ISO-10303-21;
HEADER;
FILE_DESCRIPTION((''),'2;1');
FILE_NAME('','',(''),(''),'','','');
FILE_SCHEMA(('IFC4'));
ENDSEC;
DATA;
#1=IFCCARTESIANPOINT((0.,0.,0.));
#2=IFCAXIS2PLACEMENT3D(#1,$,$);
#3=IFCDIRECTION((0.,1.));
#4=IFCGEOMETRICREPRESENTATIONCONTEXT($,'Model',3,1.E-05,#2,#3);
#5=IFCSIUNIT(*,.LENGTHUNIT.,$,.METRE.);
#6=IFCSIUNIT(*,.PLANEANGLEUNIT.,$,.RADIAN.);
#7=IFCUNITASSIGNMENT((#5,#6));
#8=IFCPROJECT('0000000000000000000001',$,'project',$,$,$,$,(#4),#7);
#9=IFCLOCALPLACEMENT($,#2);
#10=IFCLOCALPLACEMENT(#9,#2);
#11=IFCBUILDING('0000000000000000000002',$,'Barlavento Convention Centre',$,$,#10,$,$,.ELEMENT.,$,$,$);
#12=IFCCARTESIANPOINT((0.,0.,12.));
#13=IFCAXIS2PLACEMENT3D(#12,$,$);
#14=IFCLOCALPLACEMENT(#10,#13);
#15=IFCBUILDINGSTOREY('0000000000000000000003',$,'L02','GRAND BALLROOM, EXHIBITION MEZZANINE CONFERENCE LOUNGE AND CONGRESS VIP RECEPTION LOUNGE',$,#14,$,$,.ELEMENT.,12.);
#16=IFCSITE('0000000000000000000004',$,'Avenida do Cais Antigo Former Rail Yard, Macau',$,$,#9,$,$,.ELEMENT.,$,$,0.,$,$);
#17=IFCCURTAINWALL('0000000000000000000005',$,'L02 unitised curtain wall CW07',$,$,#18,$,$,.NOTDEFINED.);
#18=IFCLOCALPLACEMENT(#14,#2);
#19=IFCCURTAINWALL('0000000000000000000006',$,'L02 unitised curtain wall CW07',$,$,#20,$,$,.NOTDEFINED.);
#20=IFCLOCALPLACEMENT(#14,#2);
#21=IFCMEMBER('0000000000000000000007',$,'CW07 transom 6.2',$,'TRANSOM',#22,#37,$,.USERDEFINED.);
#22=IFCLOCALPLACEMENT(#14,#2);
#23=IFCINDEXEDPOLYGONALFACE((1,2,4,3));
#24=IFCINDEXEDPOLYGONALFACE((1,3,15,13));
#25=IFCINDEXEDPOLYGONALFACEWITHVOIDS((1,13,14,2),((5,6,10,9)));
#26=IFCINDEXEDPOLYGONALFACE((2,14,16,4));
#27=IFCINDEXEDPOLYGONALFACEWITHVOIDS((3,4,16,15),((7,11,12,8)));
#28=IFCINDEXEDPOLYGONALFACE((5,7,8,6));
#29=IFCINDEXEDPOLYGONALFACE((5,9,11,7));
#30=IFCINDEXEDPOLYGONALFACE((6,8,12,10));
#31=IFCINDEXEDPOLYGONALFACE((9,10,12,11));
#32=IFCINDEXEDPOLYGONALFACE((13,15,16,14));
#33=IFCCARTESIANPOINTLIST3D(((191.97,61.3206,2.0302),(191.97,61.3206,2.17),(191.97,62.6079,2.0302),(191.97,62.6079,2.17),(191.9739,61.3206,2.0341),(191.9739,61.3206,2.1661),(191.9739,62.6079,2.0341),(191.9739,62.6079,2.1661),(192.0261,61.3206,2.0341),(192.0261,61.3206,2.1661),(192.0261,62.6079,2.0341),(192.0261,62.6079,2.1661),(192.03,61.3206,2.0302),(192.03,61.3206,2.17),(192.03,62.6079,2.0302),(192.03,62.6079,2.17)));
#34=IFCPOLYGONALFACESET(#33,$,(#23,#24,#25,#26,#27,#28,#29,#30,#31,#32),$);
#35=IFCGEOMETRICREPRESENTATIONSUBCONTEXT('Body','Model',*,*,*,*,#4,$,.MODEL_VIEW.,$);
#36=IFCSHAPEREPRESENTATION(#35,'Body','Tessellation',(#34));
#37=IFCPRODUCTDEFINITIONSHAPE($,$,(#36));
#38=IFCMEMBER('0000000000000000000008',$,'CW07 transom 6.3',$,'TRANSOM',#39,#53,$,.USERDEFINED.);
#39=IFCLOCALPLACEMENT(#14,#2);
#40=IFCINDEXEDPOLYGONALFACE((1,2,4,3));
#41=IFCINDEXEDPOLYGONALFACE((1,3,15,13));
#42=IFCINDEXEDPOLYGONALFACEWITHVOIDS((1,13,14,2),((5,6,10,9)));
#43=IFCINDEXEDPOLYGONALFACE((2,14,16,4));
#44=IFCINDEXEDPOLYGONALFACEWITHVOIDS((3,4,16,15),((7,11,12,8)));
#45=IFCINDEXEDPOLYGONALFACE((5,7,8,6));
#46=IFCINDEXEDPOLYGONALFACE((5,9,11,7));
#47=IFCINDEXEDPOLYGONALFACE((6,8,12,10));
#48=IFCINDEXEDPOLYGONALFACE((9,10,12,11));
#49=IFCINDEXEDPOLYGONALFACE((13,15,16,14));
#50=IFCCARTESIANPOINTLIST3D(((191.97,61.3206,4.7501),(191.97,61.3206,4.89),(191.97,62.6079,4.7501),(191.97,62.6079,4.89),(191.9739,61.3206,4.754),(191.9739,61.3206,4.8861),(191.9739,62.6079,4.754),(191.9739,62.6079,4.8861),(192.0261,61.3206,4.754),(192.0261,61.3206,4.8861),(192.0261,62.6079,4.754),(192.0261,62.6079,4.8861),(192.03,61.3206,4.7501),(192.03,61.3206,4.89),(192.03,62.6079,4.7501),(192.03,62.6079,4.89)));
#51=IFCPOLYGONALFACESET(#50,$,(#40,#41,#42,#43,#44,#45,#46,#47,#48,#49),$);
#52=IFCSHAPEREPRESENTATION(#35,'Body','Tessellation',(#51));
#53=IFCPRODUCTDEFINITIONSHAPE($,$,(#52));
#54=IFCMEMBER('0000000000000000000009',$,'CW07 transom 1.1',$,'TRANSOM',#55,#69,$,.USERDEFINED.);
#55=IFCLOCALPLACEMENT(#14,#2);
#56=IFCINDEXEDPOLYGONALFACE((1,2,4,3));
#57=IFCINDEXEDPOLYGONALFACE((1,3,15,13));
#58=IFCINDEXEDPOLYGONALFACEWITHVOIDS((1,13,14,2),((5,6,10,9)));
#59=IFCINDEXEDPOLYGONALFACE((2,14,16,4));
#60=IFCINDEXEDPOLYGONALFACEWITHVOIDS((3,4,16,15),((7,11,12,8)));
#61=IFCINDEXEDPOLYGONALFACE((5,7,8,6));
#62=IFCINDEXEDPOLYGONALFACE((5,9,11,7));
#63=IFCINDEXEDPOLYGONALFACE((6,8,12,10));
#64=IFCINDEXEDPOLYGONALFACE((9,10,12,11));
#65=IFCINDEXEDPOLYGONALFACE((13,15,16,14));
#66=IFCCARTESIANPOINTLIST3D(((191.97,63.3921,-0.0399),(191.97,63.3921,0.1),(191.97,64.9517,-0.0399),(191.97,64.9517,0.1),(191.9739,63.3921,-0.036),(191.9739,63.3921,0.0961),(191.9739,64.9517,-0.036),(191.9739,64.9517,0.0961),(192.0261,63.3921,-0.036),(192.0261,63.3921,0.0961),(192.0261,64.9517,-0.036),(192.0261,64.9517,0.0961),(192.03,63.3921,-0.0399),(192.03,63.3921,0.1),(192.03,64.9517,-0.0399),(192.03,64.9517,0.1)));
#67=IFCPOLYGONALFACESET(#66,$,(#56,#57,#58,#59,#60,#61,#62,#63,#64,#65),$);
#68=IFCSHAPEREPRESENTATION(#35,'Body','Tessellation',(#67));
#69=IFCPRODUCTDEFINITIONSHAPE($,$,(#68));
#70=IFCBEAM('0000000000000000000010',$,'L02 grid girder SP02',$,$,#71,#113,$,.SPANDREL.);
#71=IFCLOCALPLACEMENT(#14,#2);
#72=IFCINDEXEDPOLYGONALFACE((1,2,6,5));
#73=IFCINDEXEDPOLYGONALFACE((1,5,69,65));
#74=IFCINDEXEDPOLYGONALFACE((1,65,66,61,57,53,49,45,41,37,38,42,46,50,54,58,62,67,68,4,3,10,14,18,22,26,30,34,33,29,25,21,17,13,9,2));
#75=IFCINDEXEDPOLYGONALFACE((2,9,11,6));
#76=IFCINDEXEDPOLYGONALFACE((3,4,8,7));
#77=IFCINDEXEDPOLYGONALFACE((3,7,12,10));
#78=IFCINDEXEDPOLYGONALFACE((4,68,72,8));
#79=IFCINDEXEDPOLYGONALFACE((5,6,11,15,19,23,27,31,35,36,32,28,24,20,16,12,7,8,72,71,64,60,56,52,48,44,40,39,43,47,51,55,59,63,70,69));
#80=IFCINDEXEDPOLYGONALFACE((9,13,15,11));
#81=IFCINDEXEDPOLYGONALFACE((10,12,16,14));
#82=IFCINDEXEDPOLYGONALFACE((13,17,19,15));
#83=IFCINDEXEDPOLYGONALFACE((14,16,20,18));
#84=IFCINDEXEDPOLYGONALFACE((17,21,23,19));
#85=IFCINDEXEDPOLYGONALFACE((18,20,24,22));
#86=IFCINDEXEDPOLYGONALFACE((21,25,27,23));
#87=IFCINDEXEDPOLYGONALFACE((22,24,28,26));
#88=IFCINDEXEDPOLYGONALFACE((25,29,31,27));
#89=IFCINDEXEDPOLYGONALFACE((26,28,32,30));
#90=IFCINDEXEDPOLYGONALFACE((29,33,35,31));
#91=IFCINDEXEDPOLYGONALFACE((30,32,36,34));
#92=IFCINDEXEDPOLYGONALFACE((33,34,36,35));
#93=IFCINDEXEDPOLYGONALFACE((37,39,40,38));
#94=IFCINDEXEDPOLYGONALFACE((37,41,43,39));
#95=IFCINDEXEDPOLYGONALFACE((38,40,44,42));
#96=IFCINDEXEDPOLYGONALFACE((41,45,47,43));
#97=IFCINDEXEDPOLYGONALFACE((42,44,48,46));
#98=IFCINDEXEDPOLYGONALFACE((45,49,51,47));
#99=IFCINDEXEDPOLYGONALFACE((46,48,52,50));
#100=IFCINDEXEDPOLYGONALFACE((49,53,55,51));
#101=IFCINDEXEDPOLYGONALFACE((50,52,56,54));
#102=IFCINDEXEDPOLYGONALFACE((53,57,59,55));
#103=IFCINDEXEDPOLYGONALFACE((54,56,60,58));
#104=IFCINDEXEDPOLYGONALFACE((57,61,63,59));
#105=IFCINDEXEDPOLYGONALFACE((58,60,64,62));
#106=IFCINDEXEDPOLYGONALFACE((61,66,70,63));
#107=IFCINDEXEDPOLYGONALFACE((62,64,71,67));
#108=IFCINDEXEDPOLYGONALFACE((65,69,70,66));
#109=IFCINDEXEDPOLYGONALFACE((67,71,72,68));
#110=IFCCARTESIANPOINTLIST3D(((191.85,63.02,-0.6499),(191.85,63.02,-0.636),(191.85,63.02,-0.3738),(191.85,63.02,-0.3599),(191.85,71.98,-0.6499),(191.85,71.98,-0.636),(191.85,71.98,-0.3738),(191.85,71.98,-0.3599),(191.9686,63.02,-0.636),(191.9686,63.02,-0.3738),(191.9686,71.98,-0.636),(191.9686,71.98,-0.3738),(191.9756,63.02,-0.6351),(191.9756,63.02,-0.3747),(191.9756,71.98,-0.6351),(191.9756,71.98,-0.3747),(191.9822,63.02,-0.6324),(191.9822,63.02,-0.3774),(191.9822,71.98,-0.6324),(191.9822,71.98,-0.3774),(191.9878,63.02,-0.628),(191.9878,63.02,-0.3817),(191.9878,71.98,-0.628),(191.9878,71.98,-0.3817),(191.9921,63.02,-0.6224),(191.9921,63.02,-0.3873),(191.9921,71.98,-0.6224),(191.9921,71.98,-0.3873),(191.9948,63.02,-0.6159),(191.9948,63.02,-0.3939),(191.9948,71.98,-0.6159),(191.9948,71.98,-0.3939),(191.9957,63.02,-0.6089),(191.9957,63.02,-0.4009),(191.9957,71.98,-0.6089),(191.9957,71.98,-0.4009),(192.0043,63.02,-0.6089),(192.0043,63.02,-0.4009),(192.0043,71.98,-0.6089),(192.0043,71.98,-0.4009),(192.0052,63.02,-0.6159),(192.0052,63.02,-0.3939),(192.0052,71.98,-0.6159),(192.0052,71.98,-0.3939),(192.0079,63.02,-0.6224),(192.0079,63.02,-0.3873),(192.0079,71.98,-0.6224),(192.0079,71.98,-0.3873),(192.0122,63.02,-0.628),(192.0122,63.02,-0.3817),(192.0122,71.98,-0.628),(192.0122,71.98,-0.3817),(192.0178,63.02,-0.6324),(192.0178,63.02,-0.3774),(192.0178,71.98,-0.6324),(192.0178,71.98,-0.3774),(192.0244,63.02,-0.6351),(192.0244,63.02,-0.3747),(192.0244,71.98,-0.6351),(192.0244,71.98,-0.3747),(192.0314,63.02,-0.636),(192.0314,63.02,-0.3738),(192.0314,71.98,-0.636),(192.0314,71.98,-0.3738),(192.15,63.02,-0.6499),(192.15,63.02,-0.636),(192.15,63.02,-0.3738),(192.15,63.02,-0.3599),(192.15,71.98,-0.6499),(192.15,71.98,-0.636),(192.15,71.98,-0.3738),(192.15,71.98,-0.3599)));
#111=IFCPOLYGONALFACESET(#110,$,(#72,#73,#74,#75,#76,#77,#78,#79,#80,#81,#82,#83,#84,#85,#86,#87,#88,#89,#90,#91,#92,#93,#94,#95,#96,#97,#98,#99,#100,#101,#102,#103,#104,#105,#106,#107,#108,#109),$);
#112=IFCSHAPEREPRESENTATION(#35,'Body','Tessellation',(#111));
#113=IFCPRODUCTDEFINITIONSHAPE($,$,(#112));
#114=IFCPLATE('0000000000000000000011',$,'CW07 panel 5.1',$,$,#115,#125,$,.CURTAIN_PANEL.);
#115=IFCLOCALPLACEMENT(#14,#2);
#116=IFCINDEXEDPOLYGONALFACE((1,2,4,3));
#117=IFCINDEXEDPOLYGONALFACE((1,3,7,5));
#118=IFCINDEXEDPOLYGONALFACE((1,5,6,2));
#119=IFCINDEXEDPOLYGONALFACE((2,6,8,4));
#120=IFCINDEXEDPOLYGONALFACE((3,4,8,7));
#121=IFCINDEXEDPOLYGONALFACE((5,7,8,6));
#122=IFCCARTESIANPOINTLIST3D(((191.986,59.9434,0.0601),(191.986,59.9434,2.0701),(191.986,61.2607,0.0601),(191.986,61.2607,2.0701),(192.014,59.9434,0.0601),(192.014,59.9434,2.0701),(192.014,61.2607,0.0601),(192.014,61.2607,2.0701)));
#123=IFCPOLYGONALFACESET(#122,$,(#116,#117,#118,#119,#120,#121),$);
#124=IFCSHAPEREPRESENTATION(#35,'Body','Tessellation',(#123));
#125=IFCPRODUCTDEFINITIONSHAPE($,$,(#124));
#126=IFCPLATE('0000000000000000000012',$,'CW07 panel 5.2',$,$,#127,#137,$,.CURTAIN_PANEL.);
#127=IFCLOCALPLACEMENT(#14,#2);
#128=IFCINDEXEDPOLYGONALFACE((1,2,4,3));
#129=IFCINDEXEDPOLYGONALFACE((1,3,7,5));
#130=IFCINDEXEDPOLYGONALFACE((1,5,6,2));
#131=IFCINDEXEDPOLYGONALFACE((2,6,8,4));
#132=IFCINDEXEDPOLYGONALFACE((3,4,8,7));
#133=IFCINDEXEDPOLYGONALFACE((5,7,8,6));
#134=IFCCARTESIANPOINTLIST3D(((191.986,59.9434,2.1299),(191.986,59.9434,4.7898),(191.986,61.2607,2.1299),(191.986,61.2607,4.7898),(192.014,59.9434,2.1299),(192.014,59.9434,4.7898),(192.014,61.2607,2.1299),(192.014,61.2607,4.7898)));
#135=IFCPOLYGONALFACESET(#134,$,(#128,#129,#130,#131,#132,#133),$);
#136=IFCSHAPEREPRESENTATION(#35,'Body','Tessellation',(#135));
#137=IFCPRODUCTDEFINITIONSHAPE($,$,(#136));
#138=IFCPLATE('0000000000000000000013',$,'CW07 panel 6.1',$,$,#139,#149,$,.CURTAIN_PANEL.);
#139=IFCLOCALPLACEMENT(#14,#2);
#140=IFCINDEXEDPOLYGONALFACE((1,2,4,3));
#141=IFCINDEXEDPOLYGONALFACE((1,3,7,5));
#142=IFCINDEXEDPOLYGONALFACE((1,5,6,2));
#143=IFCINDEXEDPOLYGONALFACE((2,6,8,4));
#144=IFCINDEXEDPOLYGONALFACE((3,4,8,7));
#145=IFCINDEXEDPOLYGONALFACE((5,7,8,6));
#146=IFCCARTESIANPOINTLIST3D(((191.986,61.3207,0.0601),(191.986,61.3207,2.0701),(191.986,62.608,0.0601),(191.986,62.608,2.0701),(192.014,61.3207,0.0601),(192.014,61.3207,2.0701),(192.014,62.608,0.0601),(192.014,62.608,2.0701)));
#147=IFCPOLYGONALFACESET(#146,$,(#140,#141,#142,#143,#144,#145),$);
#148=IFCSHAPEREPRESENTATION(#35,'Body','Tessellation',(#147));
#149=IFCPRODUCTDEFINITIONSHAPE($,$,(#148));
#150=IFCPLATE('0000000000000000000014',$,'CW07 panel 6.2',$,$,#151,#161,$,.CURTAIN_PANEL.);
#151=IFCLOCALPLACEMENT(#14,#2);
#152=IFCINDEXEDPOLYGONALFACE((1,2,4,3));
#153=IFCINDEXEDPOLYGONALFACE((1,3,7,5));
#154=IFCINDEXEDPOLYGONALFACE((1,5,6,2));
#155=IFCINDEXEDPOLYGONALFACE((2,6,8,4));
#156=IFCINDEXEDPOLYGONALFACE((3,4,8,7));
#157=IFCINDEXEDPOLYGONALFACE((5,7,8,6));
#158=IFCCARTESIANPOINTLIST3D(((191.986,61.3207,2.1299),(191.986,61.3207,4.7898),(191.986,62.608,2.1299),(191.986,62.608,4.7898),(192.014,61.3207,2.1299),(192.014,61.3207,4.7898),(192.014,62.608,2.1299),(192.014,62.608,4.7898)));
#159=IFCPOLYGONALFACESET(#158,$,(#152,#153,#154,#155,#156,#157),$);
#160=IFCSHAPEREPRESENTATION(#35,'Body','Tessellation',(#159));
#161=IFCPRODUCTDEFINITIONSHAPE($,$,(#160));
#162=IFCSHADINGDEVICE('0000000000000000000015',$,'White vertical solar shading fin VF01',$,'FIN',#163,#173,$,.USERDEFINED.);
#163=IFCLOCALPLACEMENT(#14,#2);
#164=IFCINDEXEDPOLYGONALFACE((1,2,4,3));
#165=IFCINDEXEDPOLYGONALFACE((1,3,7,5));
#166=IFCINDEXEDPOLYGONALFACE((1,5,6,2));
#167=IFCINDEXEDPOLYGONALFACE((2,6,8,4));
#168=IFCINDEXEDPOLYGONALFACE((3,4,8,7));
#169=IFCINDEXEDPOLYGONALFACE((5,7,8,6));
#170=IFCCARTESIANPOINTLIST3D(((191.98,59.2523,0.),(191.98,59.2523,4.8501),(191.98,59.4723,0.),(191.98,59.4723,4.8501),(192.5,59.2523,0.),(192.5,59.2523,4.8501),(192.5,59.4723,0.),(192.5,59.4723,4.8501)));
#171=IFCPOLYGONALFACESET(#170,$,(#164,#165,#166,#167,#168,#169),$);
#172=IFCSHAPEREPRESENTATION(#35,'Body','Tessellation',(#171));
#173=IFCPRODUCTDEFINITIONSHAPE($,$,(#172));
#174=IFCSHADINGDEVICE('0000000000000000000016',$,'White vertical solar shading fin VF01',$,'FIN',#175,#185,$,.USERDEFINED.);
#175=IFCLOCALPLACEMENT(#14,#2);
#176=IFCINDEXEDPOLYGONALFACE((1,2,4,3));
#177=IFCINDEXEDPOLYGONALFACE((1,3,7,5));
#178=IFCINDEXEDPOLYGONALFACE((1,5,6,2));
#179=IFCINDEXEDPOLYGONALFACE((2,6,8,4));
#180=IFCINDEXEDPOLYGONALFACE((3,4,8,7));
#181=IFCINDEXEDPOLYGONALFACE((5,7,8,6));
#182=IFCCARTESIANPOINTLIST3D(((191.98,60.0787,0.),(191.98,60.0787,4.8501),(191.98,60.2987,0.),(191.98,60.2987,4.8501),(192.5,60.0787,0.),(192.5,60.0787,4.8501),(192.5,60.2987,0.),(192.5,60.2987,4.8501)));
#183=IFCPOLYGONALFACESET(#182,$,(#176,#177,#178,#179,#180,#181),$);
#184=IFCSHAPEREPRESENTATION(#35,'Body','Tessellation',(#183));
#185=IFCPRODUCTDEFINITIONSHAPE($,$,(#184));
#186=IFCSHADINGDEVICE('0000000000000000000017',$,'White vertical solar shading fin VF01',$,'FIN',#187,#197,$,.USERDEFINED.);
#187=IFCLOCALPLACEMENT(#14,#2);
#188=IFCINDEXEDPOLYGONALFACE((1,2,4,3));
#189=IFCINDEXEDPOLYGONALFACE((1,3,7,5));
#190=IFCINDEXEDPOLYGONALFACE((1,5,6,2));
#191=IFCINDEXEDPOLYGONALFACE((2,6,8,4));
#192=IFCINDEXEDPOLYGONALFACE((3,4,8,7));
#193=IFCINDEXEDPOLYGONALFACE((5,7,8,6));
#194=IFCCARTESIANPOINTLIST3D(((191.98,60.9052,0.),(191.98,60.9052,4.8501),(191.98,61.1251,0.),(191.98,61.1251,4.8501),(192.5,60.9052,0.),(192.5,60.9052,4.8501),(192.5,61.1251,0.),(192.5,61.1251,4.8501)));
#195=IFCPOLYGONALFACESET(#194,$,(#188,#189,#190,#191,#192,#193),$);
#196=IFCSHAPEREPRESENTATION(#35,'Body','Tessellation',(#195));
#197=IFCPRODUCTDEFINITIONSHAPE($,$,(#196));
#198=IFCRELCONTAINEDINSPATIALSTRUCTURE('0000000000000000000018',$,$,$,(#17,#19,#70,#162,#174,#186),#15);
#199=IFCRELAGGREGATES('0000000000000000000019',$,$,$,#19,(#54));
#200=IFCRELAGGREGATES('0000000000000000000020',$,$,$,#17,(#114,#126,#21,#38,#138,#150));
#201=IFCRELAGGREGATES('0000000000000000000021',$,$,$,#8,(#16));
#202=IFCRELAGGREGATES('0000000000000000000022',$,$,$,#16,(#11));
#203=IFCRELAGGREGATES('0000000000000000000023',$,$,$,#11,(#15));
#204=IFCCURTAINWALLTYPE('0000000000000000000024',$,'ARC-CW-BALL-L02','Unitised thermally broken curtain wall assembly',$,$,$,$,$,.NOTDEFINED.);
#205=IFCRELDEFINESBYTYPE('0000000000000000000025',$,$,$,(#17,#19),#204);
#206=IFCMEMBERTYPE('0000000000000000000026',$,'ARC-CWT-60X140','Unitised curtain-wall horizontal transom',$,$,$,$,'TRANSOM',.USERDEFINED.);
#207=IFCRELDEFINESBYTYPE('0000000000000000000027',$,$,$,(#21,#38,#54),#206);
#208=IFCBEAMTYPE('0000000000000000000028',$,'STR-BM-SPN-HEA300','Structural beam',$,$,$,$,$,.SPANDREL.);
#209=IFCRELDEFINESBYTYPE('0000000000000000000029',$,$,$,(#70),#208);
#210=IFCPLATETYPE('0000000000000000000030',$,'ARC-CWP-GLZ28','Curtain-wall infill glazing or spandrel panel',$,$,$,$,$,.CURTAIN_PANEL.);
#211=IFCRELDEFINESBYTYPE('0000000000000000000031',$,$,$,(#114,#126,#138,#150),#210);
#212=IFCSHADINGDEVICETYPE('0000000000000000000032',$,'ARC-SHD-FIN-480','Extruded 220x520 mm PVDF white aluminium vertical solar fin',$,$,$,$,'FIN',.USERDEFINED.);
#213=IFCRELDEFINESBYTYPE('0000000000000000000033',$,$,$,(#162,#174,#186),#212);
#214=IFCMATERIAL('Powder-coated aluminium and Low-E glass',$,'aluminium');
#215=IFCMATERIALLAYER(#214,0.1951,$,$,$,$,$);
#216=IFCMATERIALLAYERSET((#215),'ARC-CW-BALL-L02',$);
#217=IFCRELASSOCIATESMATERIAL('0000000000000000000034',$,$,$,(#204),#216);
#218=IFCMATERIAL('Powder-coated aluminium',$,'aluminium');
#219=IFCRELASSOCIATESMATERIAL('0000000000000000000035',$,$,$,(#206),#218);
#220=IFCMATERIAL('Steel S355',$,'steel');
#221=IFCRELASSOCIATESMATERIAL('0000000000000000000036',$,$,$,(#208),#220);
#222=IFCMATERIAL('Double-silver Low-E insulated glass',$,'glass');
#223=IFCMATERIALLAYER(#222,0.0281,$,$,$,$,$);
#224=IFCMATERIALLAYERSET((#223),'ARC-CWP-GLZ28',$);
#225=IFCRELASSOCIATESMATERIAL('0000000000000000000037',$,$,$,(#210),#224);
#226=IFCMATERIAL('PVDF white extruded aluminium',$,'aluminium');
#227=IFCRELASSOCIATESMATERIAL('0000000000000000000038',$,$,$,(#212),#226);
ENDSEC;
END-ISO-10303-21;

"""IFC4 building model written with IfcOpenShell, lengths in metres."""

from ifc_helpers import new_model, si_unit, direction, frame, origin, origin_2d, place, context, subcontext, project, spatial, rectangle, hollow_rectangle, i_section, extrude, material, layer, layer_set, material_profile, profile_set, type_object, element, aggregate, save


model = new_model("IFC4")

# Units and contexts
model_context = context("Model", 3, precision=1e-05, world=origin(), true_north=direction((0.0, 1.0)))
body_context = subcontext(model_context, "Body", "Model", "MODEL_VIEW")
ifc_project = project(units=[si_unit("LENGTHUNIT", "METRE"), si_unit("PLANEANGLEUNIT", "RADIAN")], contexts=[model_context])

# Site, building, storey
site_placement = place(None, origin())
site = spatial("IfcSite", under=ifc_project, at=site_placement, Name="Avenida do Cais Antigo Former Rail Yard, Macau", CompositionType="ELEMENT", RefElevation=0.0)
building_placement = place(site_placement, origin())
building = spatial("IfcBuilding", under=site, at=building_placement, Name="Barlavento Convention Centre", CompositionType="ELEMENT")
storey_placement = place(building_placement, frame((0.0, 0.0, 12.0)))
storey = spatial("IfcBuildingStorey", under=building, at=storey_placement, Name="L02", Description="GRAND BALLROOM, EXHIBITION MEZZANINE CONFERENCE LOUNGE AND CONGRESS VIP RECEPTION LOUNGE", CompositionType="ELEMENT", Elevation=12.0)

# Shared definitions
ifc_material_1 = material(Name="Steel S355", Category="steel")

# Curtain wall
ifc_material_2 = material(Name="Powder-coated aluminium and Low-E glass", Category="aluminium")
ifc_layer_1 = layer(ifc_material_2, 0.1951)
ifc_layer_set_1 = layer_set([ifc_layer_1], Name="ARC-CW-BALL-L02")
curtain_wall_type = type_object("IfcCurtainWallType", Name="ARC-CW-BALL-L02", Description="Unitised thermally broken curtain wall assembly", PredefinedType="NOTDEFINED", material=ifc_layer_set_1)
curtain_wall_1_placement = place(storey_placement, origin())
curtain_wall_1 = element("IfcCurtainWall", 1, at=curtain_wall_1_placement, inside=storey, type_object=curtain_wall_type, Name="L02 unitised curtain wall CW07", PredefinedType="NOTDEFINED")
ifc_material_3 = material(Name="Powder-coated aluminium", Category="aluminium")

# Curtain wall
curtain_wall_2_placement = place(storey_placement, origin())
curtain_wall_2 = element("IfcCurtainWall", 2, at=curtain_wall_2_placement, inside=storey, type_object=curtain_wall_type, Name="L02 unitised curtain wall CW07", PredefinedType="NOTDEFINED")

# Members
ifc_material_profile_1 = material_profile(ifc_material_3, hollow_rectangle(XDim=0.0601, YDim=0.1399, WallThickness=0.0039, at=origin_2d()), Name="AL-TRAN 60x140x4")
ifc_profile_set_1 = profile_set([ifc_material_profile_1], Name="Powder-coated aluminium")
member_type_1 = type_object("IfcMemberType", Name="ARC-CWT-60X140", Description="Unitised curtain-wall horizontal transom", ElementType="TRANSOM", PredefinedType="USERDEFINED", material=ifc_profile_set_1)
member_1_placement = place(storey_placement, frame((192.0, 61.3206, 2.1001), z_axis=(0.0, 1.0, 0.0), x_axis=(-1.0, 0.0, 0.0)))
member_1 = element("IfcMember", 3, at=member_1_placement, type_object=member_type_1, Name="CW07 transom 6.2", ObjectType="TRANSOM", PredefinedType="USERDEFINED", context=body_context, shape_type="SweptSolid", body=[
    extrude(hollow_rectangle(XDim=0.0601, YDim=0.1399, WallThickness=0.0039, at=origin_2d()), origin(), (0.0, 0.0, 1.0), 1.2874),
])
member_2_placement = place(storey_placement, frame((192.0, 61.3206, 4.8201), z_axis=(0.0, 1.0, 0.0), x_axis=(-1.0, 0.0, 0.0)))
member_2 = element("IfcMember", 4, at=member_2_placement, type_object=member_type_1, Name="CW07 transom 6.3", ObjectType="TRANSOM", PredefinedType="USERDEFINED", context=body_context, shape_type="SweptSolid", body=[
    extrude(hollow_rectangle(XDim=0.0601, YDim=0.1399, WallThickness=0.0039, at=origin_2d()), origin(), (0.0, 0.0, 1.0), 1.2874),
])
member_3_placement = place(storey_placement, frame((192.0, 63.3921, 0.03), z_axis=(0.0, 1.0, 0.0), x_axis=(-1.0, 0.0, 0.0)))
member_3 = element("IfcMember", 5, at=member_3_placement, type_object=member_type_1, Name="CW07 transom 1.1", ObjectType="TRANSOM", PredefinedType="USERDEFINED", context=body_context, shape_type="SweptSolid", body=[
    extrude(hollow_rectangle(XDim=0.0601, YDim=0.1399, WallThickness=0.0039, at=origin_2d()), origin(), (0.0, 0.0, 1.0), 1.5596),
])
aggregate(curtain_wall_2, [member_3])

# Beam
ifc_material_profile_2 = material_profile(ifc_material_1, i_section(OverallWidth=0.3, OverallDepth=0.29, WebThickness=0.0085, FlangeThickness=0.0139, FilletRadius=0.0271, at=origin_2d()), Name="HEA 300")
ifc_profile_set_2 = profile_set([ifc_material_profile_2], Name="Steel S355")
beam_type = type_object("IfcBeamType", Name="STR-BM-SPN-HEA300", Description="Structural beam", PredefinedType="SPANDREL", material=ifc_profile_set_2)
beam_placement = place(storey_placement, frame((192.0, 63.02, -0.5049), z_axis=(0.0, 1.0, 0.0), x_axis=(-1.0, 0.0, 0.0)))
element("IfcBeam", 6, at=beam_placement, inside=storey, type_object=beam_type, Name="L02 grid girder SP02", PredefinedType="SPANDREL", context=body_context, shape_type="SweptSolid", body=[
    extrude(i_section(OverallWidth=0.3, OverallDepth=0.29, WebThickness=0.0085, FlangeThickness=0.0139, FilletRadius=0.0271, at=origin_2d()), origin(), (0.0, 0.0, 1.0), 8.96),
])

# Plates
ifc_material_4 = material(Name="Double-silver Low-E insulated glass", Category="glass")
ifc_layer_2 = layer(ifc_material_4, 0.0281)
ifc_layer_set_2 = layer_set([ifc_layer_2], Name="ARC-CWP-GLZ28")
plate_type = type_object("IfcPlateType", Name="ARC-CWP-GLZ28", Description="Curtain-wall infill glazing or spandrel panel", PredefinedType="CURTAIN_PANEL", material=ifc_layer_set_2)
plate_1_placement = place(storey_placement, frame((192.0, 60.6021, 0.0601), z_axis=(0.0, 0.0, 1.0), x_axis=(0.0, 1.0, 0.0)))
plate_1 = element("IfcPlate", 7, at=plate_1_placement, type_object=plate_type, Name="CW07 panel 5.1", PredefinedType="CURTAIN_PANEL", context=body_context, shape_type="SweptSolid", body=[
    extrude(rectangle(XDim=1.3174, YDim=0.0281, at=origin_2d()), origin(), (0.0, 0.0, 1.0), 2.01),
])
plate_2_placement = place(storey_placement, frame((192.0, 60.6021, 2.1299), z_axis=(0.0, 0.0, 1.0), x_axis=(0.0, 1.0, 0.0)))
plate_2 = element("IfcPlate", 8, at=plate_2_placement, type_object=plate_type, Name="CW07 panel 5.2", PredefinedType="CURTAIN_PANEL", context=body_context, shape_type="SweptSolid", body=[
    extrude(rectangle(XDim=1.3174, YDim=0.0281, at=origin_2d()), origin(), (0.0, 0.0, 1.0), 2.6599),
])
plate_3_placement = place(storey_placement, frame((192.0, 61.9644, 0.0601), z_axis=(0.0, 0.0, 1.0), x_axis=(0.0, 1.0, 0.0)))
plate_3 = element("IfcPlate", 9, at=plate_3_placement, type_object=plate_type, Name="CW07 panel 6.1", PredefinedType="CURTAIN_PANEL", context=body_context, shape_type="SweptSolid", body=[
    extrude(rectangle(XDim=1.2874, YDim=0.0281, at=origin_2d()), origin(), (0.0, 0.0, 1.0), 2.01),
])
plate_4_placement = place(storey_placement, frame((192.0, 61.9644, 2.1299), z_axis=(0.0, 0.0, 1.0), x_axis=(0.0, 1.0, 0.0)))
plate_4 = element("IfcPlate", 10, at=plate_4_placement, type_object=plate_type, Name="CW07 panel 6.2", PredefinedType="CURTAIN_PANEL", context=body_context, shape_type="SweptSolid", body=[
    extrude(rectangle(XDim=1.2874, YDim=0.0281, at=origin_2d()), origin(), (0.0, 0.0, 1.0), 2.6599),
])
aggregate(curtain_wall_1, [plate_1, plate_2, member_1, member_2, plate_3, plate_4])

# Shading devices
ifc_material_5 = material(Name="PVDF white extruded aluminium", Category="aluminium")
shading_device_type = type_object("IfcShadingDeviceType", Name="ARC-SHD-FIN-480", Description="Extruded 220x520 mm PVDF white aluminium vertical solar fin", ElementType="FIN", PredefinedType="USERDEFINED", material=ifc_material_5)
for number, where, z_axis, x_axis, name in (
    (11, (192.24, 59.3623, 0.0), (0.0, 0.0, 1.0), (0.0, 1.0, 0.0), "White vertical solar shading fin VF01"),
    (12, (192.24, 60.1887, 0.0), (0.0, 0.0, 1.0), (0.0, 1.0, 0.0), "White vertical solar shading fin VF01"),
    (13, (192.24, 61.0151, 0.0), (0.0, 0.0, 1.0), (0.0, 1.0, 0.0), "White vertical solar shading fin VF01"),
):
    element("IfcShadingDevice", number, at=place(storey_placement, frame(where, z_axis=z_axis, x_axis=x_axis)), inside=storey, type_object=shading_device_type, Name=name, ObjectType="FIN", PredefinedType="USERDEFINED", context=body_context, shape_type="SweptSolid", body=[
        extrude(rectangle(XDim=0.22, YDim=0.52, at=origin_2d()), origin(), (0.0, 0.0, 1.0), 4.8501),
    ])

save(model, "model.ifc")
